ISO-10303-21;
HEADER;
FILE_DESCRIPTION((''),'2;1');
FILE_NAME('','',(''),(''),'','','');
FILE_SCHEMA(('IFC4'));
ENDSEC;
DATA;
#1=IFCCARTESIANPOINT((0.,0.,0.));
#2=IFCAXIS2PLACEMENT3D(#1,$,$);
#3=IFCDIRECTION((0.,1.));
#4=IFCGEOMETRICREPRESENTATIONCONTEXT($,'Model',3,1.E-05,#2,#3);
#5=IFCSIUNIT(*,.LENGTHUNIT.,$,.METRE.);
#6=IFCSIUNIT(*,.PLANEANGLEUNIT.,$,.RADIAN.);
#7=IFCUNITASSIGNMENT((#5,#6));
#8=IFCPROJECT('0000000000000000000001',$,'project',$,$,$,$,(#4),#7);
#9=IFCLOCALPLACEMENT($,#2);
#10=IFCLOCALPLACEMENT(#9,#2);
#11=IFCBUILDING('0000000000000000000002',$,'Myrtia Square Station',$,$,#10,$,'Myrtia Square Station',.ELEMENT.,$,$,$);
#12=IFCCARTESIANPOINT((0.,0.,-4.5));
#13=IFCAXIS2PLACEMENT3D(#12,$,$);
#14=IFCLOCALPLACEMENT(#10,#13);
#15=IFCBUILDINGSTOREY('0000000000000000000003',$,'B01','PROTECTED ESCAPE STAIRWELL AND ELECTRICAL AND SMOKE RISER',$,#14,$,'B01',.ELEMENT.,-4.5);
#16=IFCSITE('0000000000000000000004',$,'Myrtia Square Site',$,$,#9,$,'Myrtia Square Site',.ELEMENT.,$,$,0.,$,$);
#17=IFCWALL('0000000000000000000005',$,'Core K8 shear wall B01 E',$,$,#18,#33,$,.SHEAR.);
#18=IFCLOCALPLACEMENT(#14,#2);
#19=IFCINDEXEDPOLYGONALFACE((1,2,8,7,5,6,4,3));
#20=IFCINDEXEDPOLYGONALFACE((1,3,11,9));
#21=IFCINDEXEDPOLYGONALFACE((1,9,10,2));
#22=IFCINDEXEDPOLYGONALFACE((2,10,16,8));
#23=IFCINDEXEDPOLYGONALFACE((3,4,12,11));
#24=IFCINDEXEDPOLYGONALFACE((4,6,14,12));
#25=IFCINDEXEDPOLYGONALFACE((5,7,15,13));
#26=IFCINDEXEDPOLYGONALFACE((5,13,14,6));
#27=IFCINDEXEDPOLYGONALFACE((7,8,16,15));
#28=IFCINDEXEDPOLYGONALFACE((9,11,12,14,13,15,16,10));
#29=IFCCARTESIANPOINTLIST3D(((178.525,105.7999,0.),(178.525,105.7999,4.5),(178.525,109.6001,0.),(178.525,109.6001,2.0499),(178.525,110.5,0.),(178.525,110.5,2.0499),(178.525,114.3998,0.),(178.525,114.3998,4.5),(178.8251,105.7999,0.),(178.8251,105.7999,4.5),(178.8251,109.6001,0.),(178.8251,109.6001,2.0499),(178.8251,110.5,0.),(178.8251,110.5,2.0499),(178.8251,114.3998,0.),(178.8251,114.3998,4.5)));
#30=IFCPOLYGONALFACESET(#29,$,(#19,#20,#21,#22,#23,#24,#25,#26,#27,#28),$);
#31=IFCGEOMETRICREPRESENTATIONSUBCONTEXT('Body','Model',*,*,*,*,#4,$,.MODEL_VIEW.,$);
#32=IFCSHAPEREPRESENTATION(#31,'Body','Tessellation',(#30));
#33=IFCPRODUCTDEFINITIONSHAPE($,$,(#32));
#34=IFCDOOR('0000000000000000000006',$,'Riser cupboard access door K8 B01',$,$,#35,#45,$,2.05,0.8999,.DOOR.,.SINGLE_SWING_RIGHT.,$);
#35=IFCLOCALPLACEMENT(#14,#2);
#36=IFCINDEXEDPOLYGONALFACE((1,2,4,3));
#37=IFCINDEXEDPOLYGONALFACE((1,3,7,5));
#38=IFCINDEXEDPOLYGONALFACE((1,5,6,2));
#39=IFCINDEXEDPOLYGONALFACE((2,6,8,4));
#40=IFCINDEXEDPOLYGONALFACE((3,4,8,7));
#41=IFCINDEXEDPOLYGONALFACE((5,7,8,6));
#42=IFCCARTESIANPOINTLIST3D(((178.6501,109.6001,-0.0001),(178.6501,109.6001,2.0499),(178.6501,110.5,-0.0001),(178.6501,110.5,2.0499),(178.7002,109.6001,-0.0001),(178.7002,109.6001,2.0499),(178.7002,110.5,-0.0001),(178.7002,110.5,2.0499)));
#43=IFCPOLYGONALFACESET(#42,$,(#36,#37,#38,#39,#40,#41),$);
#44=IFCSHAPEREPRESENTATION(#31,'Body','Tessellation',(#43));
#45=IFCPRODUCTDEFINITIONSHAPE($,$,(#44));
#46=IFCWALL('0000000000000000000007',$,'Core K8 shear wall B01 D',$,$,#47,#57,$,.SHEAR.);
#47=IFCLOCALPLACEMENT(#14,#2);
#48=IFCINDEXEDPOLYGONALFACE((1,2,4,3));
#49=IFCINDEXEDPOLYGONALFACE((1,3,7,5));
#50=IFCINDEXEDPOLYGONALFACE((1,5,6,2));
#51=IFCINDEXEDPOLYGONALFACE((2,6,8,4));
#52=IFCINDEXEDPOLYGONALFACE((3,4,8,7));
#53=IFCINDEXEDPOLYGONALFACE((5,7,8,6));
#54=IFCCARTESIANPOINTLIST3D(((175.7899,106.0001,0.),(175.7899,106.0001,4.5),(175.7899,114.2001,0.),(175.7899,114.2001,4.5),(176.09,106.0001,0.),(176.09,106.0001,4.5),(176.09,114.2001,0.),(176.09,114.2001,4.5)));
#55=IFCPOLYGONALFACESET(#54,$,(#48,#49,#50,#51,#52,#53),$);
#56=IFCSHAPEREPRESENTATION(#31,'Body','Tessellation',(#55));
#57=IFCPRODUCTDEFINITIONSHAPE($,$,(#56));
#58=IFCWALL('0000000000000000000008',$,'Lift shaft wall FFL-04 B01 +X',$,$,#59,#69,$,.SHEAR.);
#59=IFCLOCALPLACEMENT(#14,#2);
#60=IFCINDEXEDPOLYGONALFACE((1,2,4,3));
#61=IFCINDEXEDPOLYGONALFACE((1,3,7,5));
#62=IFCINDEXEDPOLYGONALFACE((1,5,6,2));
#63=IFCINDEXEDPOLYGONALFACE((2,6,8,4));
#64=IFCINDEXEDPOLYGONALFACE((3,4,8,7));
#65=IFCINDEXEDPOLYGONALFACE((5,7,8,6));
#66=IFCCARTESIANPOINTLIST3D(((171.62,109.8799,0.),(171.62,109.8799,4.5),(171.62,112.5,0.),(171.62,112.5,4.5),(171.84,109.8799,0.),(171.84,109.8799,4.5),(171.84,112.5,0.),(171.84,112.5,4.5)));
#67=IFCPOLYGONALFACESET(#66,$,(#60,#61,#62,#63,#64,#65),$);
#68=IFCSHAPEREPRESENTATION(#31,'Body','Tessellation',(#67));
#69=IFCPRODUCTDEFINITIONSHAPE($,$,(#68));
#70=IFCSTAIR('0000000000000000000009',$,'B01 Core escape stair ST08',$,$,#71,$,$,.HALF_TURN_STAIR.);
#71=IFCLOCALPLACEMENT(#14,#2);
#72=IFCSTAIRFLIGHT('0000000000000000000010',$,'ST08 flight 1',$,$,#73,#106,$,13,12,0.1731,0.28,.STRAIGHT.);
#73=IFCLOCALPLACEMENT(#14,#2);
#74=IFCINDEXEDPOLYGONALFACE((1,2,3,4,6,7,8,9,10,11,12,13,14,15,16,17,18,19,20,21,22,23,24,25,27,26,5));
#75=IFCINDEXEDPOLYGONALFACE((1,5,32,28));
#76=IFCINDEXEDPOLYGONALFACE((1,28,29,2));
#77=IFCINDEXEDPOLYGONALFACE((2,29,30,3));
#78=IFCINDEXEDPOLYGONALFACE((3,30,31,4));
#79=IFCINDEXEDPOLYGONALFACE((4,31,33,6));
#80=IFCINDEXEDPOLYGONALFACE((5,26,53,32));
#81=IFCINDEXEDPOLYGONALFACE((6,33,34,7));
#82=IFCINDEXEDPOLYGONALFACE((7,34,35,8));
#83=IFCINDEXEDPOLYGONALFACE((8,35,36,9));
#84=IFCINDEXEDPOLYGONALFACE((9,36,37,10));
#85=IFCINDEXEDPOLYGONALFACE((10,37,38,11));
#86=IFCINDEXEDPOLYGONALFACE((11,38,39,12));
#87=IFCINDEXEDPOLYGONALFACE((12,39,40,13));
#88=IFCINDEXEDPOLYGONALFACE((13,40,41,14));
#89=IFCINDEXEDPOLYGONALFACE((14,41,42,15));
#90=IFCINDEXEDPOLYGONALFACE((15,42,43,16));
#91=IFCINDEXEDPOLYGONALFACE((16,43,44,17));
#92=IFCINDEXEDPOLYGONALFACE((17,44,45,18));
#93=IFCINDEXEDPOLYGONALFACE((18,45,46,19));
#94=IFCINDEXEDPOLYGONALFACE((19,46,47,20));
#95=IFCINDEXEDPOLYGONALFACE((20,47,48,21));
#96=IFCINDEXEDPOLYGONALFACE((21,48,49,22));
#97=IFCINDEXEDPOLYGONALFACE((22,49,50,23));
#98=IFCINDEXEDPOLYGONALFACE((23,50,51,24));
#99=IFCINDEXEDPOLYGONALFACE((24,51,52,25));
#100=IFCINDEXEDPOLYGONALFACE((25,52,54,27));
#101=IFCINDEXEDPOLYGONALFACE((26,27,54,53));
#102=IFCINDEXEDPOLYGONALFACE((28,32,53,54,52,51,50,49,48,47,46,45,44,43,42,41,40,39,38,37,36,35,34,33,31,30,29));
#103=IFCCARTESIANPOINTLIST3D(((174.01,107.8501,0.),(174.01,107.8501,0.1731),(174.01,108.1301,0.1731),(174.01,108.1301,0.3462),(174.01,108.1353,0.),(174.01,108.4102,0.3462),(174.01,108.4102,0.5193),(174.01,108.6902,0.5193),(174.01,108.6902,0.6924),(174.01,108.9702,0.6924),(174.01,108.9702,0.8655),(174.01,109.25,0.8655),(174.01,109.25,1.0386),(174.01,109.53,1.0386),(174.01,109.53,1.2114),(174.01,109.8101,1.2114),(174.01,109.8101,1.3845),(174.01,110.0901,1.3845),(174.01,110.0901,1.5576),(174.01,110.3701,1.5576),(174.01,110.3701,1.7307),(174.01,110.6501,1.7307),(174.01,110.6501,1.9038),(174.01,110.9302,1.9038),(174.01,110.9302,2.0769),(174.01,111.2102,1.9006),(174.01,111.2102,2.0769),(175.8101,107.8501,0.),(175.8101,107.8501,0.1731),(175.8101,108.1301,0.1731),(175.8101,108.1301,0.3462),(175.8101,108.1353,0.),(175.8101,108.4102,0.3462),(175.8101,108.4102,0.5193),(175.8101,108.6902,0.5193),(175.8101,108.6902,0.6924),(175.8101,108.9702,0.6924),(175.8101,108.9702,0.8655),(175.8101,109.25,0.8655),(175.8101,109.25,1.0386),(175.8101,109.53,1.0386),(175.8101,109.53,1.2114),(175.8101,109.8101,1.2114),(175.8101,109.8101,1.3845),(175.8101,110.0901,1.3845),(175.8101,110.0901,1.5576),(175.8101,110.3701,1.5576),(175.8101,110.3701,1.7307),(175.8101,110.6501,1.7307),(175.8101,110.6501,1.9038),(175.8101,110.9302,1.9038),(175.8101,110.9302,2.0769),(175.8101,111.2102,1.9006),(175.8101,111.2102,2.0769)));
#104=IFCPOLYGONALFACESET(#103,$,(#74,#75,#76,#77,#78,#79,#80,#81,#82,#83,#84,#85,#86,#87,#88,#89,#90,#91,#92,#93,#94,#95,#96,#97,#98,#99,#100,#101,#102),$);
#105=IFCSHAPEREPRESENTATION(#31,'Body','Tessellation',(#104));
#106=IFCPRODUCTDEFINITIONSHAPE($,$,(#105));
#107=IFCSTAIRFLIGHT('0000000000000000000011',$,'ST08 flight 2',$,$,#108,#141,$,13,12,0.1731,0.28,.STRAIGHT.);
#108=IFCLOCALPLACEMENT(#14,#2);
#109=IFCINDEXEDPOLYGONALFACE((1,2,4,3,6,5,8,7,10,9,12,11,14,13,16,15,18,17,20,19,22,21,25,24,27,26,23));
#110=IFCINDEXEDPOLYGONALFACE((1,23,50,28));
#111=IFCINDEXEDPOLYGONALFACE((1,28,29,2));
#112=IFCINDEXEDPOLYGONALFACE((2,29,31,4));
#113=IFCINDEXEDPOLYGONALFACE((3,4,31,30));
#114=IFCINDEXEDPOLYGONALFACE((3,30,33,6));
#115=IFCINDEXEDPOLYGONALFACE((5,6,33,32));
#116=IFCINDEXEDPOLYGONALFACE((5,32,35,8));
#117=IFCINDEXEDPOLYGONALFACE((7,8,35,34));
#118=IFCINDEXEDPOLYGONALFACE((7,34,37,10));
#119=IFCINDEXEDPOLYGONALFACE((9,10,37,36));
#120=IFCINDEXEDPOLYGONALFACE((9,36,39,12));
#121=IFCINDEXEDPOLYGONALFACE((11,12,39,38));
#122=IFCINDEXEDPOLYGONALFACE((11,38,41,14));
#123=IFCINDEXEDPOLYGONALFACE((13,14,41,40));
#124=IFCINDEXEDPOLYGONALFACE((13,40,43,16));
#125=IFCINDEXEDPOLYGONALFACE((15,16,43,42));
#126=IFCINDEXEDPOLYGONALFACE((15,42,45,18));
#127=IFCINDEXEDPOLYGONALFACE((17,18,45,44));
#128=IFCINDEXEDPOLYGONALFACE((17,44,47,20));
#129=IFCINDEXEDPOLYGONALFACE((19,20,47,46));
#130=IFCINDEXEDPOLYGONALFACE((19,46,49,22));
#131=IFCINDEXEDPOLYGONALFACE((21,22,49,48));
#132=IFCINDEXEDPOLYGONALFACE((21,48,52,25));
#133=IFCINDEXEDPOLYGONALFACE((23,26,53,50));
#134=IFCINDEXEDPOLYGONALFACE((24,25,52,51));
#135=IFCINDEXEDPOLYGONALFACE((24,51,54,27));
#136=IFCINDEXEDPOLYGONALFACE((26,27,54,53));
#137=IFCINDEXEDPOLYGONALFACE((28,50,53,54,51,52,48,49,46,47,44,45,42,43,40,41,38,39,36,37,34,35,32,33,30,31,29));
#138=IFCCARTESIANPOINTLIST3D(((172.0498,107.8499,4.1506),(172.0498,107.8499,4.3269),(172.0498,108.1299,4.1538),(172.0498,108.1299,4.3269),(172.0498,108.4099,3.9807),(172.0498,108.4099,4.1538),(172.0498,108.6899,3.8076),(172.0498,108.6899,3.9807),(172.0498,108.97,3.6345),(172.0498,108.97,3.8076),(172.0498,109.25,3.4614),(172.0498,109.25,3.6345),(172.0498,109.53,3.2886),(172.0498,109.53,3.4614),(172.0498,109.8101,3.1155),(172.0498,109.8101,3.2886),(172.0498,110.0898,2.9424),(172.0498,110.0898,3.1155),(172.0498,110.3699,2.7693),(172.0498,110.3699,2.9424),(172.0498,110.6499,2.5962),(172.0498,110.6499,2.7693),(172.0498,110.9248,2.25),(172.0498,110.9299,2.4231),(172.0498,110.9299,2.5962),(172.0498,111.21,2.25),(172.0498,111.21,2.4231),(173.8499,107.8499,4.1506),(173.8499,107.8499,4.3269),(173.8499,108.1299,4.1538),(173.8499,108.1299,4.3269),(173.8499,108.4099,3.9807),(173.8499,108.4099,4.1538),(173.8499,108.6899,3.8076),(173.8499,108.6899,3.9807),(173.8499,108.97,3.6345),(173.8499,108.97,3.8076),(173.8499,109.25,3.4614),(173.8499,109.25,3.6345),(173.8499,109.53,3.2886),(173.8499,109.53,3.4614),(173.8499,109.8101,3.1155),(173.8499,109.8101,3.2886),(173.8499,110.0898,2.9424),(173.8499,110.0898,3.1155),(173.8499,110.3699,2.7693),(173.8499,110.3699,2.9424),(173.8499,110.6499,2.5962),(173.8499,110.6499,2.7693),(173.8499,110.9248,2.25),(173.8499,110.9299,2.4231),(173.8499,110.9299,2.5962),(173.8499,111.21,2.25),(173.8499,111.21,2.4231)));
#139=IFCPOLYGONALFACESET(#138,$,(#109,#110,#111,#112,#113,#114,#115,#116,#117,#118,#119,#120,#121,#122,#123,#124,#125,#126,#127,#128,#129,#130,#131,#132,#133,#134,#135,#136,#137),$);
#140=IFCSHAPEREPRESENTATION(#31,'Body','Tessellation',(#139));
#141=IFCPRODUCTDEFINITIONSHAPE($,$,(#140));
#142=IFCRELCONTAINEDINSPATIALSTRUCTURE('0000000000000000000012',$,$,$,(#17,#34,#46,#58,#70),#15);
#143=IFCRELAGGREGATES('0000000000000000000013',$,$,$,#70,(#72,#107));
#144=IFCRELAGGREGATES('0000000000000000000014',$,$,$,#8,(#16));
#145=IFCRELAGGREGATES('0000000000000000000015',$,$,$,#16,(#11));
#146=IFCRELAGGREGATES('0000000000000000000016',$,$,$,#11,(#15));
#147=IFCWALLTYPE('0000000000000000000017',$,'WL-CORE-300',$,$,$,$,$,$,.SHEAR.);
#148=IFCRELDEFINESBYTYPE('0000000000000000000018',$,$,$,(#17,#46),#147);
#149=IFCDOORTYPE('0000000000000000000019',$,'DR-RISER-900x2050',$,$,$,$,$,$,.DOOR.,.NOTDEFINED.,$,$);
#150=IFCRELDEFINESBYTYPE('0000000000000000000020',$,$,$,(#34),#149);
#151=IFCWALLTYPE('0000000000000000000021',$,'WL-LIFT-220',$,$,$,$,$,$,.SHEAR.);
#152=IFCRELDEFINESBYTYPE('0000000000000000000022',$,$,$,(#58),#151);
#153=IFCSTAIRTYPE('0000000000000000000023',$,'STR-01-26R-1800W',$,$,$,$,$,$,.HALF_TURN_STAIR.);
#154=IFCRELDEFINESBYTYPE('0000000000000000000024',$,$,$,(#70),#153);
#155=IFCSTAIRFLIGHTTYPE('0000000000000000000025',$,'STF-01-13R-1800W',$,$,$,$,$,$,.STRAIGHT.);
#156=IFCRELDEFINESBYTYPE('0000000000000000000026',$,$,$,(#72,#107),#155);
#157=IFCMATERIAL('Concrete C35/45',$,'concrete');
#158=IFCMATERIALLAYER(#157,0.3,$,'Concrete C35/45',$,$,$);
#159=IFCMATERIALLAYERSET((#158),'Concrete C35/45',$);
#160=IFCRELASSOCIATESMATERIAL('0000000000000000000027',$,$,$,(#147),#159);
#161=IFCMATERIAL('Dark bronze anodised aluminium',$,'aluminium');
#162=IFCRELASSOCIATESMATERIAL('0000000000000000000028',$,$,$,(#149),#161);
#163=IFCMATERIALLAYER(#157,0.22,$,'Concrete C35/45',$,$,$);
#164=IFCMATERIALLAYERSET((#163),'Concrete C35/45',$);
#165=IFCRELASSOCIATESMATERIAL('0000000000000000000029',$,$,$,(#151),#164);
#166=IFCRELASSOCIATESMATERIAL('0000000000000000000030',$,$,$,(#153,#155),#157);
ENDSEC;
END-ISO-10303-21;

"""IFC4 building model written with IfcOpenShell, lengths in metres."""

from ifc_helpers import new_model, si_unit, direction, frame, frame_2d, origin, place, context, subcontext, project, spatial, polyline, rectangle, outline, extrude, material, layer, layer_set, type_object, element, fill, aggregate, save


model = new_model("IFC4")

# Units and contexts
model_context = context("Model", 3, precision=1e-05, world=origin(), true_north=direction((0.0, 1.0)))
body_context = subcontext(model_context, "Body", "Model", "MODEL_VIEW")
ifc_project = project(units=[si_unit("LENGTHUNIT", "METRE"), si_unit("PLANEANGLEUNIT", "RADIAN")], contexts=[model_context])

# Site, building, storey
site_placement = place(None, origin())
site = spatial("IfcSite", under=ifc_project, at=site_placement, Name="Myrtia Square Site", LongName="Myrtia Square Site", CompositionType="ELEMENT", RefElevation=0.0)
building_placement = place(site_placement, origin())
building = spatial("IfcBuilding", under=site, at=building_placement, Name="Myrtia Square Station", LongName="Myrtia Square Station", CompositionType="ELEMENT")
storey_placement = place(building_placement, frame((0.0, 0.0, -4.5)))
storey = spatial("IfcBuildingStorey", under=building, at=storey_placement, Name="B01", Description="PROTECTED ESCAPE STAIRWELL AND ELECTRICAL AND SMOKE RISER", LongName="B01", CompositionType="ELEMENT", Elevation=-4.5)

# Shared definitions
ifc_material_1 = material(Name="Concrete C35/45", Category="concrete")

# Shared definitions
ifc_layer_1 = layer(ifc_material_1, 0.3, Name="Concrete C35/45")
ifc_layer_set_1 = layer_set([ifc_layer_1], Name="Concrete C35/45")
wall_type_1 = type_object("IfcWallType", Name="WL-CORE-300", PredefinedType="SHEAR", material=ifc_layer_set_1)

# Wall, opening, door
ifc_material_2 = material(Name="Dark bronze anodised aluminium", Category="aluminium")
wall_1_placement = place(storey_placement, frame((178.675, 105.8, 0.0), z_axis=(0.0, 0.0, 1.0), x_axis=(0.0, 1.0, 0.0)))
wall_1 = element("IfcWall", 1, at=wall_1_placement, inside=storey, type_object=wall_type_1, Name="Core K8 shear wall B01 E", PredefinedType="SHEAR", context=body_context, shape_type="SweptSolid", body=[
    extrude(rectangle(XDim=8.5999, YDim=0.3, at=frame_2d((4.2998, 0.0))), origin(), (0.0, 0.0, 1.0), 4.5),
])
opening_1_placement = place(wall_1_placement, frame((3.8, 0.0, 0.0)))
opening_1 = element("IfcOpeningElement", 2, at=opening_1_placement, cuts=wall_1, PredefinedType="OPENING", context=body_context, shape_type="SweptSolid", body=[
    extrude(rectangle(XDim=0.8999, YDim=2.05, at=frame_2d((0.45, 1.0249))), frame((0.0, 0.165, 0.0), z_axis=(0.0, -1.0, 0.0), x_axis=(1.0, 0.0, 0.0)), (0.0, 0.0, 1.0), 0.3301),
])
door_type_1 = type_object("IfcDoorType", Name="DR-RISER-900x2050", OperationType="NOTDEFINED", PredefinedType="DOOR", material=ifc_material_2)
door_1_placement = place(opening_1_placement, origin())
door_1 = element("IfcDoor", 3, at=door_1_placement, inside=storey, type_object=door_type_1, Name="Riser cupboard access door K8 B01", OperationType="SINGLE_SWING_RIGHT", OverallHeight=2.05, OverallWidth=0.8999, PredefinedType="DOOR", context=body_context, shape_type="SweptSolid", body=[
    extrude(rectangle(XDim=0.8999, YDim=2.05, at=frame_2d((0.45, 1.0249))), frame((0.0, 0.0249, 0.0), z_axis=(0.0, -1.0, 0.0), x_axis=(1.0, 0.0, 0.0)), (0.0, 0.0, 1.0), 0.05),
])
fill(opening_1, door_1)

# Walls
wall_2_placement = place(storey_placement, frame((175.9399, 106.0, 0.0), z_axis=(0.0, 0.0, 1.0), x_axis=(0.0, 1.0, 0.0)))
element("IfcWall", 4, at=wall_2_placement, inside=storey, type_object=wall_type_1, Name="Core K8 shear wall B01 D", PredefinedType="SHEAR", context=body_context, shape_type="SweptSolid", body=[
    extrude(rectangle(XDim=8.2, YDim=0.3, at=frame_2d((4.1001, 0.0))), origin(), (0.0, 0.0, 1.0), 4.5),
])
ifc_layer_2 = layer(ifc_material_1, 0.22, Name="Concrete C35/45")
ifc_layer_set_2 = layer_set([ifc_layer_2], Name="Concrete C35/45")
wall_type_2 = type_object("IfcWallType", Name="WL-LIFT-220", PredefinedType="SHEAR", material=ifc_layer_set_2)
wall_3_placement = place(storey_placement, frame((171.73, 109.8799, 0.0), z_axis=(0.0, 0.0, 1.0), x_axis=(0.0, 1.0, 0.0)))
element("IfcWall", 5, at=wall_3_placement, inside=storey, type_object=wall_type_2, Name="Lift shaft wall FFL-04 B01 +X", PredefinedType="SHEAR", context=body_context, shape_type="SweptSolid", body=[
    extrude(rectangle(XDim=2.6201, YDim=0.22, at=frame_2d((1.3101, 0.0))), origin(), (0.0, 0.0, 1.0), 4.5),
])

# Stair, stair flights
stair_type = type_object("IfcStairType", Name="STR-01-26R-1800W", PredefinedType="HALF_TURN_STAIR", material=ifc_material_1)
stair_placement = place(storey_placement, origin())
stair = element("IfcStair", 6, at=stair_placement, inside=storey, type_object=stair_type, Name="B01 Core escape stair ST08", PredefinedType="HALF_TURN_STAIR")
stair_flight_type = type_object("IfcStairFlightType", Name="STF-01-13R-1800W", PredefinedType="STRAIGHT", material=ifc_material_1)
stair_flight_1_placement = place(storey_placement, frame((174.9099, 107.8501, 0.0), z_axis=(0.0, 0.0, 1.0), x_axis=(0.0, 1.0, 0.0)))
stair_flight_1 = element("IfcStairFlight", 7, at=stair_flight_1_placement, type_object=stair_flight_type, Name="ST08 flight 1", NumberOfRisers=13, NumberOfTreads=12, PredefinedType="STRAIGHT", RiserHeight=0.1731, TreadLength=0.28, context=body_context, shape_type="SweptSolid", body=[
    extrude(outline(polyline([(0.0, 0.0), (0.0, 0.1731), (0.28, 0.1731), (0.28, 0.3462), (0.5601, 0.3462), (0.5601, 0.5193), (0.8401, 0.5193), (0.8401, 0.6924), (1.1201, 0.6924), (1.1201, 0.8655), (1.3999, 0.8655), (1.3999, 1.0386), (1.6799, 1.0386), (1.6799, 1.2114), (1.96, 1.2114), (1.96, 1.3845), (2.24, 1.3845), (2.24, 1.5576), (2.52, 1.5576), (2.52, 1.7307), (2.8, 1.7307), (2.8, 1.9038), (3.0801, 1.9038), (3.0801, 2.0769), (3.3601, 2.0769), (3.3601, 2.25), (3.3601, 1.9006), (0.2852, 0.0), (0.0, 0.0)])), frame((0.0, 0.8999, 0.0), z_axis=(0.0, -1.0, 0.0), x_axis=(1.0, 0.0, 0.0)), (0.0, 0.0, 1.0), 1.8),
])
stair_flight_2_placement = place(storey_placement, frame((172.95, 111.21, 2.25), z_axis=(0.0, 0.0, 1.0), x_axis=(0.0, -1.0, 0.0)))
stair_flight_2 = element("IfcStairFlight", 8, at=stair_flight_2_placement, type_object=stair_flight_type, Name="ST08 flight 2", NumberOfRisers=13, NumberOfTreads=12, PredefinedType="STRAIGHT", RiserHeight=0.1731, TreadLength=0.28, context=body_context, shape_type="SweptSolid", body=[
    extrude(outline(polyline([(0.0, 0.0), (0.0, 0.1731), (0.28, 0.1731), (0.28, 0.3462), (0.5601, 0.3462), (0.5601, 0.5193), (0.8401, 0.5193), (0.8401, 0.6924), (1.1201, 0.6924), (1.1201, 0.8655), (1.3999, 0.8655), (1.3999, 1.0386), (1.6799, 1.0386), (1.6799, 1.2114), (1.96, 1.2114), (1.96, 1.3845), (2.24, 1.3845), (2.24, 1.5576), (2.52, 1.5576), (2.52, 1.7307), (2.8, 1.7307), (2.8, 1.9038), (3.0801, 1.9038), (3.0801, 2.0769), (3.3601, 2.0769), (3.3601, 2.25), (3.3601, 1.9006), (0.2852, 0.0), (0.0, 0.0)])), frame((0.0, 0.8999, 0.0), z_axis=(0.0, -1.0, 0.0), x_axis=(1.0, 0.0, 0.0)), (0.0, 0.0, 1.0), 1.8),
])
aggregate(stair, [stair_flight_1, stair_flight_2])

save(model, "model.ifc")
